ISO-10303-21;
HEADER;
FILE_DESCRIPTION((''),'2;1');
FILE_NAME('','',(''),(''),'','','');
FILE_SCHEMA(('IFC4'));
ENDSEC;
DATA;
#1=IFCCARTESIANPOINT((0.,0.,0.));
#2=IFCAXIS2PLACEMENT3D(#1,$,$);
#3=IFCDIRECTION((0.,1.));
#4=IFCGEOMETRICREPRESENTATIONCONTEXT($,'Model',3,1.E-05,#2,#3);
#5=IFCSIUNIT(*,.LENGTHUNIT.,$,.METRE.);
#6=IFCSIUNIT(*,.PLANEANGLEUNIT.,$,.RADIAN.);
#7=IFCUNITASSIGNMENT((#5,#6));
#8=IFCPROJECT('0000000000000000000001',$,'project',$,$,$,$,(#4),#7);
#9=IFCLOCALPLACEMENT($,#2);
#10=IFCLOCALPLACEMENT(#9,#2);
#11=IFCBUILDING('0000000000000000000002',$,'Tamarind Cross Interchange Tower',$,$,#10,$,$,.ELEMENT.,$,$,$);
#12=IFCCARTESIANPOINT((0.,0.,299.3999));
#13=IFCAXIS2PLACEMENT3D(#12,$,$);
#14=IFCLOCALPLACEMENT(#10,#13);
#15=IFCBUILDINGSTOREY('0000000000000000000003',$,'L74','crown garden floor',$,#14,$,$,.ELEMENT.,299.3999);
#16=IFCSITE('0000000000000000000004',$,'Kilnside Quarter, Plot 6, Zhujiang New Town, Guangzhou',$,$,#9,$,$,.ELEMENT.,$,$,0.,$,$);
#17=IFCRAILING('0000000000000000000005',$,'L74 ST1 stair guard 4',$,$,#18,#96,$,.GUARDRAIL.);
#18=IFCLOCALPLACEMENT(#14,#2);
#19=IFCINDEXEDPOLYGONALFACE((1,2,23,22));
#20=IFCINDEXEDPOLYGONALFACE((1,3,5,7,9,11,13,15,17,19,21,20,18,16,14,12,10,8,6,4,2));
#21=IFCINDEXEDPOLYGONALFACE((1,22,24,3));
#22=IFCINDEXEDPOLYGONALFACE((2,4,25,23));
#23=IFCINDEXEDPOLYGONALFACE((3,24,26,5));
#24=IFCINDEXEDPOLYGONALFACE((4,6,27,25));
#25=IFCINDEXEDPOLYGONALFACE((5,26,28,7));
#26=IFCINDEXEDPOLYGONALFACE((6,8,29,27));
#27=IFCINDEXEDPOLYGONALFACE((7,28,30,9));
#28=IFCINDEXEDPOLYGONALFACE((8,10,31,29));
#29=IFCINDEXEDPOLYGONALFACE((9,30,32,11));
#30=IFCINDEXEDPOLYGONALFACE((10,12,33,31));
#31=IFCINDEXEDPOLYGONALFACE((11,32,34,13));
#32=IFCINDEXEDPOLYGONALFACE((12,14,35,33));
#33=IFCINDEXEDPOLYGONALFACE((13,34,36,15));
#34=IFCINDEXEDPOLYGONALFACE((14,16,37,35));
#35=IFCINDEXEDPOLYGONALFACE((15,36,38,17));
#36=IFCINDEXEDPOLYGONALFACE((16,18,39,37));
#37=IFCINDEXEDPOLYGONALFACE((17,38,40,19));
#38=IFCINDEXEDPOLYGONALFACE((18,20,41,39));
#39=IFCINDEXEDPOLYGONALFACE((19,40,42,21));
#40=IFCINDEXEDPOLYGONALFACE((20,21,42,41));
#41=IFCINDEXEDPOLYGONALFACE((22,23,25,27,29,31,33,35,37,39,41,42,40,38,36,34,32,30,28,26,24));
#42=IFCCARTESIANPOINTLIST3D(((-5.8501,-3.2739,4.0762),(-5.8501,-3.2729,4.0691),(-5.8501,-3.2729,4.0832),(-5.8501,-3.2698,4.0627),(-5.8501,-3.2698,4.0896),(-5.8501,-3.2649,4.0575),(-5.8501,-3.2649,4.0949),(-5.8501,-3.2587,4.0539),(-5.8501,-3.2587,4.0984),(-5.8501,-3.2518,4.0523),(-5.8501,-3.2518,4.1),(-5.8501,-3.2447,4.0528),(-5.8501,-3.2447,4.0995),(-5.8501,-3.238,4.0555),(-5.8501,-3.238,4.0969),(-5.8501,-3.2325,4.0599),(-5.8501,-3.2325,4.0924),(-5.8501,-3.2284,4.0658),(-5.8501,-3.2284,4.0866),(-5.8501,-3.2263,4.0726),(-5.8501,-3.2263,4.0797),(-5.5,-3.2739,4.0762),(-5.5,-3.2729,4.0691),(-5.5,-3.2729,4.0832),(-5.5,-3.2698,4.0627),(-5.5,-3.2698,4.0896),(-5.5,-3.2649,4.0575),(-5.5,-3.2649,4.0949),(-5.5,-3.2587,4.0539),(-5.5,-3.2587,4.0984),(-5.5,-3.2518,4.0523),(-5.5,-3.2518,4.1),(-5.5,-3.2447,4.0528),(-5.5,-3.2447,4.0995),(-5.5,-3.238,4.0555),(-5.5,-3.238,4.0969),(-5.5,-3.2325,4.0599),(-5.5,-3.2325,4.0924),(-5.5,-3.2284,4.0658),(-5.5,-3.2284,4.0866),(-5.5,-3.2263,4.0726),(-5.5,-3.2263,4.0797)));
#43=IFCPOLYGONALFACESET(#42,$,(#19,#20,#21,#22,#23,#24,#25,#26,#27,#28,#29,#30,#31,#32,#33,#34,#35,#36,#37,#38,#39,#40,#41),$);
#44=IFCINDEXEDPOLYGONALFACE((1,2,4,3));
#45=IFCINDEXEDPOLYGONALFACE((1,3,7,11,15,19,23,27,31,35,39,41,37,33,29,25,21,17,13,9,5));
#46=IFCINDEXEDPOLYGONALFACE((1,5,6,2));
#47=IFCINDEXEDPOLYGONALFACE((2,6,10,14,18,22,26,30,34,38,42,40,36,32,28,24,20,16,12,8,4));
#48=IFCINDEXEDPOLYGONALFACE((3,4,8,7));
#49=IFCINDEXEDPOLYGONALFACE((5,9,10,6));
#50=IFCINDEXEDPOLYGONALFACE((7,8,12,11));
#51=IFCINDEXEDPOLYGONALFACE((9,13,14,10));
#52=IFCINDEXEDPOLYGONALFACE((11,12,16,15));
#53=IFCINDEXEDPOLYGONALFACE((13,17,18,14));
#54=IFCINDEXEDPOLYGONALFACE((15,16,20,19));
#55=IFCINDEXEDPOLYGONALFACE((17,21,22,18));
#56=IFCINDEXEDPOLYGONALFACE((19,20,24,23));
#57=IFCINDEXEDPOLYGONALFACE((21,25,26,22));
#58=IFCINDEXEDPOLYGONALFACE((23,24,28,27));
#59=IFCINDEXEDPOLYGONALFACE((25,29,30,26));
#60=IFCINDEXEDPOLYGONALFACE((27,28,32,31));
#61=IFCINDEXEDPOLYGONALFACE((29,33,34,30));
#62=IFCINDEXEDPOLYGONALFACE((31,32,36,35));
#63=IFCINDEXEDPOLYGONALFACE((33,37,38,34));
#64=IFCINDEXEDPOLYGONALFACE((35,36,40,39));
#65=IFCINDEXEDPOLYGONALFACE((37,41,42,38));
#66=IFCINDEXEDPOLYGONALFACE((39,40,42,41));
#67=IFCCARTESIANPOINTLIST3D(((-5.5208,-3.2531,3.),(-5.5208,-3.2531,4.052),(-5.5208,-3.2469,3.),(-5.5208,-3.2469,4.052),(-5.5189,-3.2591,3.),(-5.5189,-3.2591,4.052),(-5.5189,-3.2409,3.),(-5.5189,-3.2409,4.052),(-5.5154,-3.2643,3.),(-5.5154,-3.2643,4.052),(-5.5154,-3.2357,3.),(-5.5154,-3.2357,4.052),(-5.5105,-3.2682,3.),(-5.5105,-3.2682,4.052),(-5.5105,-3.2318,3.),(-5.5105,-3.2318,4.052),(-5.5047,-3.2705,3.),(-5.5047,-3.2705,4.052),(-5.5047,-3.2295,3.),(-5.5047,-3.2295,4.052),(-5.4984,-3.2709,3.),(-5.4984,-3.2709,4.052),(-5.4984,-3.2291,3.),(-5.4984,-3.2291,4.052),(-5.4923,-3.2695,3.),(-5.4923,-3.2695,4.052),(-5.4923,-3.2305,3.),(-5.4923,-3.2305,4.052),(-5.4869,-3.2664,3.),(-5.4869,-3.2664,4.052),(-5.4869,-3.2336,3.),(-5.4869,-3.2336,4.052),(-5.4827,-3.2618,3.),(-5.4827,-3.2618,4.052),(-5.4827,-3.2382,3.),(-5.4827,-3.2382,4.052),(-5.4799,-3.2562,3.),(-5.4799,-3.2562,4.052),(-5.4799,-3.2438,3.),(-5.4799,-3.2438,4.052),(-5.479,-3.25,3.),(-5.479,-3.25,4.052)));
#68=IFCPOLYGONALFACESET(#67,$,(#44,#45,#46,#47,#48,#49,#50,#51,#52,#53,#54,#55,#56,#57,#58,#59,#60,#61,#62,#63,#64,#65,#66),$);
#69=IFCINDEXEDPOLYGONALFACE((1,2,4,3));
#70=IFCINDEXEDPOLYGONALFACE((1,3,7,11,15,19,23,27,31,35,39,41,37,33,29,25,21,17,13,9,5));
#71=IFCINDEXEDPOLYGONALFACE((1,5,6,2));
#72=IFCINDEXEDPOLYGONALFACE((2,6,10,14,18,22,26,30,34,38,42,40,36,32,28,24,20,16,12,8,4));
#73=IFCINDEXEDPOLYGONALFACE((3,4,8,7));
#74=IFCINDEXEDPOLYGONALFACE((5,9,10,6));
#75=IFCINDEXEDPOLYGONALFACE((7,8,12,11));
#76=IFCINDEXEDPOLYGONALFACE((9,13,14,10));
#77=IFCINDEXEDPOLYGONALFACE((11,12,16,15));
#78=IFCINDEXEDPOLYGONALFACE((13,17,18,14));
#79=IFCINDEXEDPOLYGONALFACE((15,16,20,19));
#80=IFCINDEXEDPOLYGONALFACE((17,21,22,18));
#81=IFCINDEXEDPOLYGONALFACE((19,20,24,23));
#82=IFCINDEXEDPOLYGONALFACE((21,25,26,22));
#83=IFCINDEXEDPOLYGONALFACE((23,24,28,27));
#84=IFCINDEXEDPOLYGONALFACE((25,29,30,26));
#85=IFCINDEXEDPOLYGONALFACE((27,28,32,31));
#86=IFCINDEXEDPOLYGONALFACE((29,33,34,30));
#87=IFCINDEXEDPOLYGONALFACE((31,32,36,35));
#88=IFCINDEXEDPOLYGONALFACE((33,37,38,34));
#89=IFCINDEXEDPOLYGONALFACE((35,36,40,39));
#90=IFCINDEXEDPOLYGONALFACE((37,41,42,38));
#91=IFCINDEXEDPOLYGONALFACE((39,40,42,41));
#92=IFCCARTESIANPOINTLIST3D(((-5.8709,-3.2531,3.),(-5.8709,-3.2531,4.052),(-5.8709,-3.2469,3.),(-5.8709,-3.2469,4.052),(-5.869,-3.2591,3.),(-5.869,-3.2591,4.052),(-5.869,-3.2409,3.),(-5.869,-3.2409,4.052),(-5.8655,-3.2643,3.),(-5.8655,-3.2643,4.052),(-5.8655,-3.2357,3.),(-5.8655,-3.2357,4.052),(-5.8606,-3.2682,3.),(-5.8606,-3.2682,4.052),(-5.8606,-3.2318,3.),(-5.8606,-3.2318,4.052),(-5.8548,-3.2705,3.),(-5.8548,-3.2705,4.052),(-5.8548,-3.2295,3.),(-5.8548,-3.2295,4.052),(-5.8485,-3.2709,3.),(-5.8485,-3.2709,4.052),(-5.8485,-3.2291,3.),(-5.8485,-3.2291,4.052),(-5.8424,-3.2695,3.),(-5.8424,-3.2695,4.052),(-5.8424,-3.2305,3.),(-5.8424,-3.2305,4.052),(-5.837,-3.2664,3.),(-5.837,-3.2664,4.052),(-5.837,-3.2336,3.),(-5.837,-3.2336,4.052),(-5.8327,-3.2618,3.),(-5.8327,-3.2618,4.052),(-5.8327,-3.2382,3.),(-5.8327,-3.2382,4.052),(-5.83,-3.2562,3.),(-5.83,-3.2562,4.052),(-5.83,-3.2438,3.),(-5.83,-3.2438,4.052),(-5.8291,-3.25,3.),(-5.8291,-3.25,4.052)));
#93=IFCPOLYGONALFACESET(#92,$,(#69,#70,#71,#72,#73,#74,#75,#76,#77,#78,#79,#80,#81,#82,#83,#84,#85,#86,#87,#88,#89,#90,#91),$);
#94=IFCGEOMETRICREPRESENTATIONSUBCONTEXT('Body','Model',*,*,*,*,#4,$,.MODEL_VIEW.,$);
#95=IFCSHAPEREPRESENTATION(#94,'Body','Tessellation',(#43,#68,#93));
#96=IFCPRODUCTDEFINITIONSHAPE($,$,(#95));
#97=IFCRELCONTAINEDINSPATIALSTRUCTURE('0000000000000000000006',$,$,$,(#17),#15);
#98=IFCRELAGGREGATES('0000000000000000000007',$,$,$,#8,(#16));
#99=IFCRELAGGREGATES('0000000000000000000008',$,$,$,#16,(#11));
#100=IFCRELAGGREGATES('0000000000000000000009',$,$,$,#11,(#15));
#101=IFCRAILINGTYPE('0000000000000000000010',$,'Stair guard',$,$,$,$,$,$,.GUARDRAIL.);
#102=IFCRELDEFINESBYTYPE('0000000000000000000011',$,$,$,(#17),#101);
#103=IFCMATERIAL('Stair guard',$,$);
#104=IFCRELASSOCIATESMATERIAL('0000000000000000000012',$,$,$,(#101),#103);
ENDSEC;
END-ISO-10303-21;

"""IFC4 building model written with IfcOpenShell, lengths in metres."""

from ifc_helpers import new_model, si_unit, direction, frame, origin, origin_2d, place, context, subcontext, project, spatial, circle, extrude, material, type_object, element, save


model = new_model("IFC4")

# Units and contexts
model_context = context("Model", 3, precision=1e-05, world=origin(), true_north=direction((0.0, 1.0)))
body_context = subcontext(model_context, "Body", "Model", "MODEL_VIEW")
ifc_project = project(units=[si_unit("LENGTHUNIT", "METRE"), si_unit("PLANEANGLEUNIT", "RADIAN")], contexts=[model_context])

# Site, building, storey
site_placement = place(None, origin())
site = spatial("IfcSite", under=ifc_project, at=site_placement, Name="Kilnside Quarter, Plot 6, Zhujiang New Town, Guangzhou", CompositionType="ELEMENT", RefElevation=0.0)
building_placement = place(site_placement, origin())
building = spatial("IfcBuilding", under=site, at=building_placement, Name="Tamarind Cross Interchange Tower", CompositionType="ELEMENT")
storey_placement = place(building_placement, frame((0.0, 0.0, 299.3999)))
storey = spatial("IfcBuildingStorey", under=building, at=storey_placement, Name="L74", Description="crown garden floor", CompositionType="ELEMENT", Elevation=299.3999)

# Railing
ifc_material_1 = material(Name="Stair guard")
railing_type_1 = type_object("IfcRailingType", Name="Stair guard", PredefinedType="GUARDRAIL", material=ifc_material_1)
railing_1_placement = place(storey_placement, frame((-5.5, -3.25, 3.0)))
element("IfcRailing", 1, at=railing_1_placement, inside=storey, type_object=railing_type_1, Name="L74 ST1 stair guard 4", PredefinedType="GUARDRAIL", context=body_context, shape_type="SweptSolid", body=[
    extrude(circle(Radius=0.0239, at=origin_2d()), frame((0.0, 0.0, 1.0762), z_axis=(-1.0, 0.0, 0.0), x_axis=(0.0, -1.0, 0.0)), (0.0, 0.0, 1.0), 0.3501),
    extrude(circle(Radius=0.021, at=origin_2d()), origin(), (0.0, 0.0, 1.0), 1.052),
    extrude(circle(Radius=0.021, at=origin_2d()), frame((-0.3501, 0.0, 0.0)), (0.0, 0.0, 1.0), 1.052),
])

save(model, "model.ifc")
